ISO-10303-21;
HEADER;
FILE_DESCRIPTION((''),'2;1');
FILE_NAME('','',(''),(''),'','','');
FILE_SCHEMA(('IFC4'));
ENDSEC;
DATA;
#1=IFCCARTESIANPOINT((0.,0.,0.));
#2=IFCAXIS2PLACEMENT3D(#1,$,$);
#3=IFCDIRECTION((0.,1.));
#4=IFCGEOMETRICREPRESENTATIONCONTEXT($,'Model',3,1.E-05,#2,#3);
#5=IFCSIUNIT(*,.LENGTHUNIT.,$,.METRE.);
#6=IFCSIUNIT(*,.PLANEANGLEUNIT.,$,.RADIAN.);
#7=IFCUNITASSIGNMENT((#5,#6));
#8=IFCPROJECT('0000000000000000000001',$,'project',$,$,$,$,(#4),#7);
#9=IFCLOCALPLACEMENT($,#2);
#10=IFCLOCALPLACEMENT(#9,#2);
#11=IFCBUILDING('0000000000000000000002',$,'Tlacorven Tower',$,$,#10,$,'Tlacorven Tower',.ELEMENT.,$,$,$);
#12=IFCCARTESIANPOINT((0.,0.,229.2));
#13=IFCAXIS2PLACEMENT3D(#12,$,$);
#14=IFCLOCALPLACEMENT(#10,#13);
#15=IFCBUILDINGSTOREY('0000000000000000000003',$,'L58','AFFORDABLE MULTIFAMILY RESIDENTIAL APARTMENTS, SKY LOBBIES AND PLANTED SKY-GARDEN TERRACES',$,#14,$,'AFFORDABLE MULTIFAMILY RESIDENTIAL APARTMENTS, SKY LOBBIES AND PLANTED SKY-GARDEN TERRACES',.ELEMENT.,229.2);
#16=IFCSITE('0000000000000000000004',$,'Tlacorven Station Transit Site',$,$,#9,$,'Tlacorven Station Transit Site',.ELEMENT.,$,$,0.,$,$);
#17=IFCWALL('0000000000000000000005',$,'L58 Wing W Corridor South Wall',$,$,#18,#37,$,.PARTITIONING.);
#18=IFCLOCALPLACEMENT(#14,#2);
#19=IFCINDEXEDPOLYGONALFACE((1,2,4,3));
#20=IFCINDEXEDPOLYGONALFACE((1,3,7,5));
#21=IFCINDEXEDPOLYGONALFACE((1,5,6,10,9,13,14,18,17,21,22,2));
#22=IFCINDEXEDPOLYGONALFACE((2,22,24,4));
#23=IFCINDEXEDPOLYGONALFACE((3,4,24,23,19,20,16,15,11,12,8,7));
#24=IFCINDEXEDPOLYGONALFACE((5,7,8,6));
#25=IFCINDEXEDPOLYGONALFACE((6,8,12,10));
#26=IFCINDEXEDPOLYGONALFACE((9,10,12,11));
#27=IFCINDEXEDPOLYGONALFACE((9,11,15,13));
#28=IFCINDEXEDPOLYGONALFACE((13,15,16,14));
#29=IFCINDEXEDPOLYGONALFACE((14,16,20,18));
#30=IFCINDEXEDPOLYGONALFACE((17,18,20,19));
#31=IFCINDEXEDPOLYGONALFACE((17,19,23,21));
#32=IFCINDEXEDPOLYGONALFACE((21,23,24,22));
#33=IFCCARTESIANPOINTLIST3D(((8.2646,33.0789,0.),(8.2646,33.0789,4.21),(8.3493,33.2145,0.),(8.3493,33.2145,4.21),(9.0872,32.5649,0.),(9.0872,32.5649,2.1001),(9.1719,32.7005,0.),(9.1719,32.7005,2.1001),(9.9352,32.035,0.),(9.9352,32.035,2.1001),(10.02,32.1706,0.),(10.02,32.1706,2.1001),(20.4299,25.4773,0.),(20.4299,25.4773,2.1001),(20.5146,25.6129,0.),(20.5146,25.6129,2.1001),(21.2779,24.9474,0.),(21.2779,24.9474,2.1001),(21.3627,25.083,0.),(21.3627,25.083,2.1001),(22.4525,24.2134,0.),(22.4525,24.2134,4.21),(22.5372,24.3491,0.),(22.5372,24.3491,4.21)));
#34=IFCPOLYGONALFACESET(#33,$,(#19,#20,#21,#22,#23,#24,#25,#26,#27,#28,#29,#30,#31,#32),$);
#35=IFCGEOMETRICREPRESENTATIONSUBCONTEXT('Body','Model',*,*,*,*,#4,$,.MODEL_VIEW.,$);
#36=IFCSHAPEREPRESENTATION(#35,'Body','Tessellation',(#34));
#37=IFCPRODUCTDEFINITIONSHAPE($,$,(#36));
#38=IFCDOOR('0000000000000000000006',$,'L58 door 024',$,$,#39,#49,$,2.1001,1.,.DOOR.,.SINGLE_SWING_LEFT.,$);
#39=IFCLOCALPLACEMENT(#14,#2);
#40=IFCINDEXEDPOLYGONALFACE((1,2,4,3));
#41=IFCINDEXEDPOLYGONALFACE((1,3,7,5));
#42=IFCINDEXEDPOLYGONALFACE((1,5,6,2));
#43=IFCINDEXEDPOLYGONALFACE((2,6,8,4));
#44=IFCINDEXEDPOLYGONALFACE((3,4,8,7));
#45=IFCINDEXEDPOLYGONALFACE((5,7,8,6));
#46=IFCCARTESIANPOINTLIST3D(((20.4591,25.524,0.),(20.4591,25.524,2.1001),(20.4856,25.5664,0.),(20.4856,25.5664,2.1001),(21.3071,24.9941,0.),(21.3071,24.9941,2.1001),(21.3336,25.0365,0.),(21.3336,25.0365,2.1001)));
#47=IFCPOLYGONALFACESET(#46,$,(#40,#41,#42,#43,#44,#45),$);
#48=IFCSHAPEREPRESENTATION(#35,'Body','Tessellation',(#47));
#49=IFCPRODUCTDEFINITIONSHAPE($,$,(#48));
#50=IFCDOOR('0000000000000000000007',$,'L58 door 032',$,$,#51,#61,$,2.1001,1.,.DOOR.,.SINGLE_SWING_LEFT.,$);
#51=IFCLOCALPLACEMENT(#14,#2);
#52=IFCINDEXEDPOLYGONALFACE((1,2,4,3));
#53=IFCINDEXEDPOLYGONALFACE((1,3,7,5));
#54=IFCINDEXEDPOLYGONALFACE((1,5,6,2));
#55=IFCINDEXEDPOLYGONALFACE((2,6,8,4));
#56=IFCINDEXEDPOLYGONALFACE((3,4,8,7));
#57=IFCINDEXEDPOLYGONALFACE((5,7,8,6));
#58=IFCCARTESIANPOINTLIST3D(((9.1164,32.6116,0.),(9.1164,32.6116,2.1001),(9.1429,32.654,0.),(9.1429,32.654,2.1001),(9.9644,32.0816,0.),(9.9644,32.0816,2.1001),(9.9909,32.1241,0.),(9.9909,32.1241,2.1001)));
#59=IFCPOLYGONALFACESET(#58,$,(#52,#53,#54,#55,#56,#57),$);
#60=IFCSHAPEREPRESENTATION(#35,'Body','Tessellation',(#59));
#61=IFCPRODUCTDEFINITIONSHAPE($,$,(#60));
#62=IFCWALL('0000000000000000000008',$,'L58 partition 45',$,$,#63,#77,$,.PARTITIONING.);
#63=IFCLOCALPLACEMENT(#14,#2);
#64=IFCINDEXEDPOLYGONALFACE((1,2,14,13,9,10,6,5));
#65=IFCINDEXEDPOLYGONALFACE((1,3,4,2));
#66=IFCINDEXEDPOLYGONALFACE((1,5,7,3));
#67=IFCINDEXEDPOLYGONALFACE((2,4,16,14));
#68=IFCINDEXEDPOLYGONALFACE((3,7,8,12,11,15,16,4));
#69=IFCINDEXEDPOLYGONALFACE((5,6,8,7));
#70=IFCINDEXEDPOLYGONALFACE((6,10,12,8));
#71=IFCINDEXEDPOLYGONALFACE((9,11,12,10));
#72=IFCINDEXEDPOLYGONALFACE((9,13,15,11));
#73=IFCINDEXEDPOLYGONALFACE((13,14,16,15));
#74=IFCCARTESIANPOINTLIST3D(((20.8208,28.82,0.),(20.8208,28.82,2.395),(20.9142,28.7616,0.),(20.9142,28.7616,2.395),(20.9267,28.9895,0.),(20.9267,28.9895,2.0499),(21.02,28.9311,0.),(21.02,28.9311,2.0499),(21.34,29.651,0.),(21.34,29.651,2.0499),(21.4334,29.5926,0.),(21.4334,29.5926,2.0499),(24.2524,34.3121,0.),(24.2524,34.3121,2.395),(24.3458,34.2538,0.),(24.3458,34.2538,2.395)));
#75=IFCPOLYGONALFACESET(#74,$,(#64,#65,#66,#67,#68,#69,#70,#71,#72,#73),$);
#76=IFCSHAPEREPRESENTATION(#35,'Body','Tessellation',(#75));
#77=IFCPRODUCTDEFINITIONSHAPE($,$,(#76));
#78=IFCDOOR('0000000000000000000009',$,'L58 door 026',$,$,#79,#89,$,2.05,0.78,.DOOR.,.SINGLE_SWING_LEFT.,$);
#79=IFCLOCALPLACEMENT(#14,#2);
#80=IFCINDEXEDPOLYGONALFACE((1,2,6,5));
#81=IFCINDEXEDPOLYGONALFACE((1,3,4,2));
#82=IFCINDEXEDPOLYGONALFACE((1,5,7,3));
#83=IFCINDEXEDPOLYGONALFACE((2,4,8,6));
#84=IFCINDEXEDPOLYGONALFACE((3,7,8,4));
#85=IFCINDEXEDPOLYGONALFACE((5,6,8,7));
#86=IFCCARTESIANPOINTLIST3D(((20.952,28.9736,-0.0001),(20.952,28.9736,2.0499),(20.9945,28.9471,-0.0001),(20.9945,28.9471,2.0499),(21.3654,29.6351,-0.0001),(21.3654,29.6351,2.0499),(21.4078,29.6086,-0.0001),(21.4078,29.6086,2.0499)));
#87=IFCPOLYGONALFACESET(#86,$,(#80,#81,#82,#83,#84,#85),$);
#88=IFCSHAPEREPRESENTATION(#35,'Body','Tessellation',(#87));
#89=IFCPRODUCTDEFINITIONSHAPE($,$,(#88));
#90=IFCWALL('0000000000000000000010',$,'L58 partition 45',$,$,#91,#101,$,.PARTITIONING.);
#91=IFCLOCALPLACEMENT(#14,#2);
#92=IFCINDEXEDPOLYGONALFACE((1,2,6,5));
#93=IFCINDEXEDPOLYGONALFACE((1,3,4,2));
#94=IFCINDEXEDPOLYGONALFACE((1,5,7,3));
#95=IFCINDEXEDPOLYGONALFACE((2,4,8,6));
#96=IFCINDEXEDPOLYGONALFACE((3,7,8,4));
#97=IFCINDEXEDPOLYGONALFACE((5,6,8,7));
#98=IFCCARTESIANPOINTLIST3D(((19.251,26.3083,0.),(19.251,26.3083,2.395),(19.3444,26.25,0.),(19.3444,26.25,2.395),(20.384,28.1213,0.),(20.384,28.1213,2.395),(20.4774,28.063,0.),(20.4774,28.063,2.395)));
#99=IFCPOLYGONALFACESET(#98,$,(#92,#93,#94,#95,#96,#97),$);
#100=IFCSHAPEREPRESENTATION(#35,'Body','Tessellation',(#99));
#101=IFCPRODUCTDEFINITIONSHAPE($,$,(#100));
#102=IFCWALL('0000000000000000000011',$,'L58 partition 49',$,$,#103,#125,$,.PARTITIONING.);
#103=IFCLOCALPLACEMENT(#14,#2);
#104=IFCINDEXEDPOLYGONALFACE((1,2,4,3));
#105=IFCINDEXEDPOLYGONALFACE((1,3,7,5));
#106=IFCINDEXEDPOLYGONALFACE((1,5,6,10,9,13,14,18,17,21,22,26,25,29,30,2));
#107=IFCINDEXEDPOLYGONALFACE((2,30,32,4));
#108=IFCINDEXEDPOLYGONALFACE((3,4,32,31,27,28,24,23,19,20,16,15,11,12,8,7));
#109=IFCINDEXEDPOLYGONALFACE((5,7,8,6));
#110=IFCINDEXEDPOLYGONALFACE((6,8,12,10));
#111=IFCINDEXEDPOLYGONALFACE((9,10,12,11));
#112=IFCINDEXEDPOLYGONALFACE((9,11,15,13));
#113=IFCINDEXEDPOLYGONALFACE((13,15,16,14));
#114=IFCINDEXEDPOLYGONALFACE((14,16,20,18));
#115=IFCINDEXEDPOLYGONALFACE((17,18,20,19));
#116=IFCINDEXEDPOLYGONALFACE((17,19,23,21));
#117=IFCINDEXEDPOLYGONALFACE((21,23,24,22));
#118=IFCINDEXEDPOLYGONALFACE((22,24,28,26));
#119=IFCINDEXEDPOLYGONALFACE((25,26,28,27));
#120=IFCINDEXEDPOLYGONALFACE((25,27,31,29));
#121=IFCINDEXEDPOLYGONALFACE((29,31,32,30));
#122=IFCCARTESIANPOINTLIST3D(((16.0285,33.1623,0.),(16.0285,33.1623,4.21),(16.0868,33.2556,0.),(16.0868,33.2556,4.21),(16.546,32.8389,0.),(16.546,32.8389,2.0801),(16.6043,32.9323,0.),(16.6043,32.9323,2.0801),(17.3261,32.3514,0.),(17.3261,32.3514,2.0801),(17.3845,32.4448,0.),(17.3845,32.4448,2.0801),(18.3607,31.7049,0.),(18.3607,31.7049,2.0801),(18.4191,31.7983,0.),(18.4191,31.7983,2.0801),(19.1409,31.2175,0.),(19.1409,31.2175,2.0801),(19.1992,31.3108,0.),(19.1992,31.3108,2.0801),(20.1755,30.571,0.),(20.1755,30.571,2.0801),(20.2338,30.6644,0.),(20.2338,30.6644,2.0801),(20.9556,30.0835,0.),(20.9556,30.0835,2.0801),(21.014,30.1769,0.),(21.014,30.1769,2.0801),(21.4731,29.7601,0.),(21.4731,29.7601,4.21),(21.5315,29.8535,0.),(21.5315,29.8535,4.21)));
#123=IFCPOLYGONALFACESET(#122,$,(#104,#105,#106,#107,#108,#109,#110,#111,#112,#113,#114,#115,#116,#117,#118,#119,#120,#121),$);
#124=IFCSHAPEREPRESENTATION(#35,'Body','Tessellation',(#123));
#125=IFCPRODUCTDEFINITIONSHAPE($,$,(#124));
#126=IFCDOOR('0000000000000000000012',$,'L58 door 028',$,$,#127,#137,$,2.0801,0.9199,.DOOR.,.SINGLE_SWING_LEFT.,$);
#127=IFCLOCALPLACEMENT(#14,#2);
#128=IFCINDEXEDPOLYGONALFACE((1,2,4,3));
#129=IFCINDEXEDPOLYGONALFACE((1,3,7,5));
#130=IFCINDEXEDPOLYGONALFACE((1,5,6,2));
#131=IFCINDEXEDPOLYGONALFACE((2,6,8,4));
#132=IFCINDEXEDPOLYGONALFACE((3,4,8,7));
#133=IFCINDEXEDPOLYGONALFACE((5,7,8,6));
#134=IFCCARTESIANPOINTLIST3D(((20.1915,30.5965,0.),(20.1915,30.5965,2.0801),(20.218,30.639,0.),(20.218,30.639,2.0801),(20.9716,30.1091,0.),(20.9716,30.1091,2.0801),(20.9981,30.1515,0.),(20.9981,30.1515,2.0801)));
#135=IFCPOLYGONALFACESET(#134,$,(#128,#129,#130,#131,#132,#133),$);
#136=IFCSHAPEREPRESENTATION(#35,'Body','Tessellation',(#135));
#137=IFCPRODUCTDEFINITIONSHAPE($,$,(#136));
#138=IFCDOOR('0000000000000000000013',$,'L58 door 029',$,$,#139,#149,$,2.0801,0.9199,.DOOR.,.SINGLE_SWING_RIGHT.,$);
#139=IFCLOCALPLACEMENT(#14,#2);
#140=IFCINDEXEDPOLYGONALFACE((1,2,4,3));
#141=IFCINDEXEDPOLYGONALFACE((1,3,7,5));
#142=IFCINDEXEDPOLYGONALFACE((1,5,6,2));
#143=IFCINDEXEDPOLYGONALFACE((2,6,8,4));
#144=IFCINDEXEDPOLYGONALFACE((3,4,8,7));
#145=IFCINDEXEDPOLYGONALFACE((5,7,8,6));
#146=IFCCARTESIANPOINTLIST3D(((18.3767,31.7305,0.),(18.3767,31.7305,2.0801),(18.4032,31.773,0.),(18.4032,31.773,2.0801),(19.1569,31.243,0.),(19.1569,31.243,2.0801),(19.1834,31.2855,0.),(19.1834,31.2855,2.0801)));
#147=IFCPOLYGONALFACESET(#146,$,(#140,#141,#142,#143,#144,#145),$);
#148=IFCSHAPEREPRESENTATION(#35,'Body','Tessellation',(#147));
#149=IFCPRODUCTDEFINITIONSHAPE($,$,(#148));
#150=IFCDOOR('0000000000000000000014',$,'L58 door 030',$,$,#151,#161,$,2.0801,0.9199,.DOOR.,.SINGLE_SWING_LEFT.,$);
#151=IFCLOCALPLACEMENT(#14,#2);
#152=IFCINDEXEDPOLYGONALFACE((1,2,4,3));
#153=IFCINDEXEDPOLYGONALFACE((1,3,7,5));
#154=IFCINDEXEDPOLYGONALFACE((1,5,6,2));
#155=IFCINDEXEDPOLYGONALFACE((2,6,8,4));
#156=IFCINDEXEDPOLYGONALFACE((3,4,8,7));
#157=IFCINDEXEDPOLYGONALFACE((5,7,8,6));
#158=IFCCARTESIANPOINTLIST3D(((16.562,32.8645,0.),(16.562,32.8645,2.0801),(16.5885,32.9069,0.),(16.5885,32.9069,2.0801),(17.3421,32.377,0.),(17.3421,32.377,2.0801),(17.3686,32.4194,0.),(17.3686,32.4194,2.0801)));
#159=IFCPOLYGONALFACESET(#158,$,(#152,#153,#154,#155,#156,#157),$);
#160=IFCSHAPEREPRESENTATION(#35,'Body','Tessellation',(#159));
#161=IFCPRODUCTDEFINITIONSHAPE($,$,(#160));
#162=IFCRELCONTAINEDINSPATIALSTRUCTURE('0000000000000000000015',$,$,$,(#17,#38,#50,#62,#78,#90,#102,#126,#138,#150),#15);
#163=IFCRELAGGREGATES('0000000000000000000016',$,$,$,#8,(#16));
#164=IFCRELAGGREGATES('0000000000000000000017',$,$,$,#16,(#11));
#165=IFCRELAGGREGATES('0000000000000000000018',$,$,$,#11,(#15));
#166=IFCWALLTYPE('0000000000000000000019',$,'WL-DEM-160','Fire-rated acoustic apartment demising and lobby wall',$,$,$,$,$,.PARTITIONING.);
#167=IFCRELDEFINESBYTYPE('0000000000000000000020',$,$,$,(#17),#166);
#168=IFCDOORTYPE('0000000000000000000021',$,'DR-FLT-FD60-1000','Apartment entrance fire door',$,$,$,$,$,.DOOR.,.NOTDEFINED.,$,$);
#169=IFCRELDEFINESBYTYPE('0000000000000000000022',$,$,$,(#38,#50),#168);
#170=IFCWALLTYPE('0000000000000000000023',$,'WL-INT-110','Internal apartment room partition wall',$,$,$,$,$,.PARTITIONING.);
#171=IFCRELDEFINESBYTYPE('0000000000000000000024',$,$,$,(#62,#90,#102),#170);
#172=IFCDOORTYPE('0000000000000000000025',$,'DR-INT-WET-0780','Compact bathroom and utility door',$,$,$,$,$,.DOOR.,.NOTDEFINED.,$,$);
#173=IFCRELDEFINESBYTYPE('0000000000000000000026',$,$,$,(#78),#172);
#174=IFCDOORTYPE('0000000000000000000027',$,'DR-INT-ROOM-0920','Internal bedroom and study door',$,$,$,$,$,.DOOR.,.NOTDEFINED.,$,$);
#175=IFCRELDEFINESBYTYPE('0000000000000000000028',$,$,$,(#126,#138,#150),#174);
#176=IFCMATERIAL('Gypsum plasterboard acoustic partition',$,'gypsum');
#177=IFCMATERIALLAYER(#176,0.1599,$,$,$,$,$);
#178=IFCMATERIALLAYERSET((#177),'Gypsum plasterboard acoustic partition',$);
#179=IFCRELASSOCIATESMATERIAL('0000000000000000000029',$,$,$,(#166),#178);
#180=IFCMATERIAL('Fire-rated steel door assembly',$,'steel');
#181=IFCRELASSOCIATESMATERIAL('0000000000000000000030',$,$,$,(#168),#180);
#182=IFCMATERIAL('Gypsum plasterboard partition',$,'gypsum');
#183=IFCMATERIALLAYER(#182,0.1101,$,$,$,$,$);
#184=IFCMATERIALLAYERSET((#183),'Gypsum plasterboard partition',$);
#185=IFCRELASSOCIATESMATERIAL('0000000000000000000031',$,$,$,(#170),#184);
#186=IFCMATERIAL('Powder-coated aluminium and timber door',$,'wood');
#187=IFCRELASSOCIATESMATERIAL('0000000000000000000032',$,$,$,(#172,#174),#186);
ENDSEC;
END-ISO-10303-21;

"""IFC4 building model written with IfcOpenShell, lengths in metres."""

from ifc_helpers import new_model, si_unit, direction, frame, frame_2d, origin, place, context, subcontext, project, spatial, rectangle, extrude, source, transform, mapped, material, layer, layer_set, type_object, element, fill, save


model = new_model("IFC4")

# Units and contexts
model_context = context("Model", 3, precision=1e-05, world=origin(), true_north=direction((0.0, 1.0)))
body_context = subcontext(model_context, "Body", "Model", "MODEL_VIEW")
ifc_project = project(units=[si_unit("LENGTHUNIT", "METRE"), si_unit("PLANEANGLEUNIT", "RADIAN")], contexts=[model_context])

# Site, building, storey
site_placement = place(None, origin())
site = spatial("IfcSite", under=ifc_project, at=site_placement, Name="Tlacorven Station Transit Site", LongName="Tlacorven Station Transit Site", CompositionType="ELEMENT", RefElevation=0.0)
building_placement = place(site_placement, origin())
building = spatial("IfcBuilding", under=site, at=building_placement, Name="Tlacorven Tower", LongName="Tlacorven Tower", CompositionType="ELEMENT")
storey_placement = place(building_placement, frame((0.0, 0.0, 229.2)))
storey = spatial("IfcBuildingStorey", under=building, at=storey_placement, Name="L58", Description="AFFORDABLE MULTIFAMILY RESIDENTIAL APARTMENTS, SKY LOBBIES AND PLANTED SKY-GARDEN TERRACES", LongName="AFFORDABLE MULTIFAMILY RESIDENTIAL APARTMENTS, SKY LOBBIES AND PLANTED SKY-GARDEN TERRACES", CompositionType="ELEMENT", Elevation=229.2)

# Wall, openings, doors
ifc_material_1 = material(Name="Gypsum plasterboard acoustic partition", Category="gypsum")
ifc_layer_1 = layer(ifc_material_1, 0.1599)
ifc_layer_set_1 = layer_set([ifc_layer_1], Name="Gypsum plasterboard acoustic partition")
wall_type_1 = type_object("IfcWallType", Name="WL-DEM-160", Description="Fire-rated acoustic apartment demising and lobby wall", PredefinedType="PARTITIONING", material=ifc_layer_set_1)
wall_1_placement = place(storey_placement, frame((22.4949, 24.2812, 0.0), z_axis=(0.0, 0.0, 1.0), x_axis=(-0.848052, 0.529912, 0.0)))
wall_1 = element("IfcWall", 1, at=wall_1_placement, inside=storey, type_object=wall_type_1, Name="L58 Wing W Corridor South Wall", PredefinedType="PARTITIONING", context=body_context, shape_type="SweptSolid", body=[
    extrude(rectangle(XDim=16.73, YDim=0.1599, at=frame_2d((8.365, 0.0))), origin(), (0.0, 0.0, 1.0), 4.21),
])
opening_1_placement = place(wall_1_placement, frame((1.385, 0.0, 0.0)))
opening_1 = element("IfcOpeningElement", 2, at=opening_1_placement, cuts=wall_1, PredefinedType="OPENING", context=body_context, shape_type="SweptSolid", body=[
    extrude(rectangle(XDim=1.0, YDim=2.1001, at=frame_2d((0.5, 1.05))), frame((0.0, 0.0898, 0.0), z_axis=(0.0, -1.0, 0.0), x_axis=(1.0, 0.0, 0.0)), (0.0, 0.0, 1.0), 0.1799),
])
opening_2_placement = place(wall_1_placement, frame((14.76, 0.0, 0.0)))
opening_2 = element("IfcOpeningElement", 3, at=opening_2_placement, cuts=wall_1, PredefinedType="OPENING", context=body_context, shape_type="SweptSolid", body=[
    extrude(rectangle(XDim=1.0, YDim=2.1001, at=frame_2d((0.5, 1.05))), frame((0.0, 0.0898, 0.0), z_axis=(0.0, -1.0, 0.0), x_axis=(1.0, 0.0, 0.0)), (0.0, 0.0, 1.0), 0.1799),
])
ifc_material_2 = material(Name="Fire-rated steel door assembly", Category="steel")
door_type_1 = type_object("IfcDoorType", Name="DR-FLT-FD60-1000", Description="Apartment entrance fire door", OperationType="NOTDEFINED", PredefinedType="DOOR", material=ifc_material_2)
shared_shape_1 = source(origin(), body_context, "Body", "SweptSolid", [
    extrude(rectangle(XDim=1.0, YDim=2.1001, at=frame_2d((0.5, 1.05))), frame((0.0, 0.0249, 0.0), z_axis=(0.0, -1.0, 0.0), x_axis=(1.0, 0.0, 0.0)), (0.0, 0.0, 1.0), 0.05),
])
door_1_placement = place(opening_1_placement, origin())
door_1 = element("IfcDoor", 4, at=door_1_placement, inside=storey, type_object=door_type_1, Name="L58 door 024", OperationType="SINGLE_SWING_LEFT", OverallHeight=2.1001, OverallWidth=1.0, PredefinedType="DOOR", context=body_context, shape_type="MappedRepresentation", body=[
    mapped(shared_shape_1, transform((0.0, 0.0, 0.0), scale=1.0)),
])
fill(opening_1, door_1)
door_2_placement = place(opening_2_placement, origin())
door_2 = element("IfcDoor", 5, at=door_2_placement, inside=storey, type_object=door_type_1, Name="L58 door 032", OperationType="SINGLE_SWING_LEFT", OverallHeight=2.1001, OverallWidth=1.0, PredefinedType="DOOR", context=body_context, shape_type="MappedRepresentation", body=[
    mapped(shared_shape_1, transform((0.0, 0.0, 0.0), scale=1.0)),
])
fill(opening_2, door_2)

# Wall, opening, door
ifc_material_3 = material(Name="Gypsum plasterboard partition", Category="gypsum")
ifc_layer_2 = layer(ifc_material_3, 0.1101)
ifc_layer_set_2 = layer_set([ifc_layer_2], Name="Gypsum plasterboard partition")
wall_type_2 = type_object("IfcWallType", Name="WL-INT-110", Description="Internal apartment room partition wall", PredefinedType="PARTITIONING", material=ifc_layer_set_2)
wall_2_placement = place(storey_placement, frame((24.2991, 34.283, 0.0), z_axis=(0.0, 0.0, 1.0), x_axis=(-0.52989, -0.848066, 0.0)))
wall_2 = element("IfcWall", 6, at=wall_2_placement, inside=storey, type_object=wall_type_2, Name="L58 partition 45", PredefinedType="PARTITIONING", context=body_context, shape_type="SweptSolid", body=[
    extrude(rectangle(XDim=6.4761, YDim=0.1101, at=frame_2d((3.238, 0.0))), origin(), (0.0, 0.0, 1.0), 2.395),
])
opening_3_placement = place(wall_2_placement, frame((5.4961, 0.0, 0.0)))
opening_3 = element("IfcOpeningElement", 7, at=opening_3_placement, cuts=wall_2, PredefinedType="OPENING", context=body_context, shape_type="SweptSolid", body=[
    extrude(rectangle(XDim=0.78, YDim=2.05, at=frame_2d((0.3901, 1.0249))), frame((0.0, 0.0649, 0.0), z_axis=(0.0, -1.0, 0.0), x_axis=(1.0, 0.0, 0.0)), (0.0, 0.0, 1.0), 0.1301),
])
ifc_material_4 = material(Name="Powder-coated aluminium and timber door", Category="wood")
door_type_2 = type_object("IfcDoorType", Name="DR-INT-WET-0780", Description="Compact bathroom and utility door", OperationType="NOTDEFINED", PredefinedType="DOOR", material=ifc_material_4)
shared_shape_2 = source(origin(), body_context, "Body", "SweptSolid", [
    extrude(rectangle(XDim=0.78, YDim=2.05, at=frame_2d((0.3901, 1.0249))), frame((0.0, 0.0249, 0.0), z_axis=(0.0, -1.0, 0.0), x_axis=(1.0, 0.0, 0.0)), (0.0, 0.0, 1.0), 0.05),
])
door_3_placement = place(opening_3_placement, origin())
door_3 = element("IfcDoor", 8, at=door_3_placement, inside=storey, type_object=door_type_2, Name="L58 door 026", OperationType="SINGLE_SWING_LEFT", OverallHeight=2.05, OverallWidth=0.78, PredefinedType="DOOR", context=body_context, shape_type="MappedRepresentation", body=[
    mapped(shared_shape_2, transform((0.0, 0.0, 0.0), scale=1.0)),
])
fill(opening_3, door_3)

# Wall
wall_3_placement = place(storey_placement, frame((20.4307, 28.092, 0.0), z_axis=(0.0, 0.0, 1.0), x_axis=(-0.529978, -0.848011, 0.0)))
element("IfcWall", 9, at=wall_3_placement, inside=storey, type_object=wall_type_2, Name="L58 partition 45", PredefinedType="PARTITIONING", context=body_context, shape_type="SweptSolid", body=[
    extrude(rectangle(XDim=2.1379, YDim=0.1101, at=frame_2d((1.0688, 0.0))), origin(), (0.0, 0.0, 1.0), 2.395),
])

# Wall, openings, doors
wall_4_placement = place(storey_placement, frame((21.5022, 29.8069, 0.0), z_axis=(0.0, 0.0, 1.0), x_axis=(-0.848052, 0.529913, 0.0)))
wall_4 = element("IfcWall", 10, at=wall_4_placement, inside=storey, type_object=wall_type_2, Name="L58 partition 49", PredefinedType="PARTITIONING", context=body_context, shape_type="SweptSolid", body=[
    extrude(rectangle(XDim=6.4202, YDim=0.1101, at=frame_2d((3.21, 0.0))), origin(), (0.0, 0.0, 1.0), 4.21),
])
opening_4_placement = place(wall_4_placement, frame((0.6101, 0.0, 0.0)))
opening_4 = element("IfcOpeningElement", 11, at=opening_4_placement, cuts=wall_4, PredefinedType="OPENING", context=body_context, shape_type="SweptSolid", body=[
    extrude(rectangle(XDim=0.9199, YDim=2.0801, at=frame_2d((0.46, 1.04))), frame((0.0, 0.0649, 0.0), z_axis=(0.0, -1.0, 0.0), x_axis=(1.0, 0.0, 0.0)), (0.0, 0.0, 1.0), 0.1301),
])
opening_5_placement = place(wall_4_placement, frame((2.75, 0.0, 0.0)))
opening_5 = element("IfcOpeningElement", 12, at=opening_5_placement, cuts=wall_4, PredefinedType="OPENING", context=body_context, shape_type="SweptSolid", body=[
    extrude(rectangle(XDim=0.9199, YDim=2.0801, at=frame_2d((0.46, 1.04))), frame((0.0, 0.0649, 0.0), z_axis=(0.0, -1.0, 0.0), x_axis=(1.0, 0.0, 0.0)), (0.0, 0.0, 1.0), 0.1301),
])
opening_6_placement = place(wall_4_placement, frame((4.8899, 0.0, 0.0)))
opening_6 = element("IfcOpeningElement", 13, at=opening_6_placement, cuts=wall_4, PredefinedType="OPENING", context=body_context, shape_type="SweptSolid", body=[
    extrude(rectangle(XDim=0.9199, YDim=2.0801, at=frame_2d((0.46, 1.04))), frame((0.0, 0.0649, 0.0), z_axis=(0.0, -1.0, 0.0), x_axis=(1.0, 0.0, 0.0)), (0.0, 0.0, 1.0), 0.1301),
])
door_type_3 = type_object("IfcDoorType", Name="DR-INT-ROOM-0920", Description="Internal bedroom and study door", OperationType="NOTDEFINED", PredefinedType="DOOR", material=ifc_material_4)
shared_shape_3 = source(origin(), body_context, "Body", "SweptSolid", [
    extrude(rectangle(XDim=0.9199, YDim=2.0801, at=frame_2d((0.46, 1.04))), frame((0.0, 0.0249, 0.0), z_axis=(0.0, -1.0, 0.0), x_axis=(1.0, 0.0, 0.0)), (0.0, 0.0, 1.0), 0.05),
])
door_4_placement = place(opening_4_placement, origin())
door_4 = element("IfcDoor", 14, at=door_4_placement, inside=storey, type_object=door_type_3, Name="L58 door 028", OperationType="SINGLE_SWING_LEFT", OverallHeight=2.0801, OverallWidth=0.9199, PredefinedType="DOOR", context=body_context, shape_type="MappedRepresentation", body=[
    mapped(shared_shape_3, transform((0.0, 0.0, 0.0), scale=1.0)),
])
fill(opening_4, door_4)
door_5_placement = place(opening_5_placement, origin())
door_5 = element("IfcDoor", 15, at=door_5_placement, inside=storey, type_object=door_type_3, Name="L58 door 029", OperationType="SINGLE_SWING_RIGHT", OverallHeight=2.0801, OverallWidth=0.9199, PredefinedType="DOOR", context=body_context, shape_type="MappedRepresentation", body=[
    mapped(shared_shape_3, transform((0.0, 0.0, 0.0), scale=1.0)),
])
fill(opening_5, door_5)
door_6_placement = place(opening_6_placement, origin())
door_6 = element("IfcDoor", 16, at=door_6_placement, inside=storey, type_object=door_type_3, Name="L58 door 030", OperationType="SINGLE_SWING_LEFT", OverallHeight=2.0801, OverallWidth=0.9199, PredefinedType="DOOR", context=body_context, shape_type="MappedRepresentation", body=[
    mapped(shared_shape_3, transform((0.0, 0.0, 0.0), scale=1.0)),
])
fill(opening_6, door_6)

save(model, "model.ifc")
